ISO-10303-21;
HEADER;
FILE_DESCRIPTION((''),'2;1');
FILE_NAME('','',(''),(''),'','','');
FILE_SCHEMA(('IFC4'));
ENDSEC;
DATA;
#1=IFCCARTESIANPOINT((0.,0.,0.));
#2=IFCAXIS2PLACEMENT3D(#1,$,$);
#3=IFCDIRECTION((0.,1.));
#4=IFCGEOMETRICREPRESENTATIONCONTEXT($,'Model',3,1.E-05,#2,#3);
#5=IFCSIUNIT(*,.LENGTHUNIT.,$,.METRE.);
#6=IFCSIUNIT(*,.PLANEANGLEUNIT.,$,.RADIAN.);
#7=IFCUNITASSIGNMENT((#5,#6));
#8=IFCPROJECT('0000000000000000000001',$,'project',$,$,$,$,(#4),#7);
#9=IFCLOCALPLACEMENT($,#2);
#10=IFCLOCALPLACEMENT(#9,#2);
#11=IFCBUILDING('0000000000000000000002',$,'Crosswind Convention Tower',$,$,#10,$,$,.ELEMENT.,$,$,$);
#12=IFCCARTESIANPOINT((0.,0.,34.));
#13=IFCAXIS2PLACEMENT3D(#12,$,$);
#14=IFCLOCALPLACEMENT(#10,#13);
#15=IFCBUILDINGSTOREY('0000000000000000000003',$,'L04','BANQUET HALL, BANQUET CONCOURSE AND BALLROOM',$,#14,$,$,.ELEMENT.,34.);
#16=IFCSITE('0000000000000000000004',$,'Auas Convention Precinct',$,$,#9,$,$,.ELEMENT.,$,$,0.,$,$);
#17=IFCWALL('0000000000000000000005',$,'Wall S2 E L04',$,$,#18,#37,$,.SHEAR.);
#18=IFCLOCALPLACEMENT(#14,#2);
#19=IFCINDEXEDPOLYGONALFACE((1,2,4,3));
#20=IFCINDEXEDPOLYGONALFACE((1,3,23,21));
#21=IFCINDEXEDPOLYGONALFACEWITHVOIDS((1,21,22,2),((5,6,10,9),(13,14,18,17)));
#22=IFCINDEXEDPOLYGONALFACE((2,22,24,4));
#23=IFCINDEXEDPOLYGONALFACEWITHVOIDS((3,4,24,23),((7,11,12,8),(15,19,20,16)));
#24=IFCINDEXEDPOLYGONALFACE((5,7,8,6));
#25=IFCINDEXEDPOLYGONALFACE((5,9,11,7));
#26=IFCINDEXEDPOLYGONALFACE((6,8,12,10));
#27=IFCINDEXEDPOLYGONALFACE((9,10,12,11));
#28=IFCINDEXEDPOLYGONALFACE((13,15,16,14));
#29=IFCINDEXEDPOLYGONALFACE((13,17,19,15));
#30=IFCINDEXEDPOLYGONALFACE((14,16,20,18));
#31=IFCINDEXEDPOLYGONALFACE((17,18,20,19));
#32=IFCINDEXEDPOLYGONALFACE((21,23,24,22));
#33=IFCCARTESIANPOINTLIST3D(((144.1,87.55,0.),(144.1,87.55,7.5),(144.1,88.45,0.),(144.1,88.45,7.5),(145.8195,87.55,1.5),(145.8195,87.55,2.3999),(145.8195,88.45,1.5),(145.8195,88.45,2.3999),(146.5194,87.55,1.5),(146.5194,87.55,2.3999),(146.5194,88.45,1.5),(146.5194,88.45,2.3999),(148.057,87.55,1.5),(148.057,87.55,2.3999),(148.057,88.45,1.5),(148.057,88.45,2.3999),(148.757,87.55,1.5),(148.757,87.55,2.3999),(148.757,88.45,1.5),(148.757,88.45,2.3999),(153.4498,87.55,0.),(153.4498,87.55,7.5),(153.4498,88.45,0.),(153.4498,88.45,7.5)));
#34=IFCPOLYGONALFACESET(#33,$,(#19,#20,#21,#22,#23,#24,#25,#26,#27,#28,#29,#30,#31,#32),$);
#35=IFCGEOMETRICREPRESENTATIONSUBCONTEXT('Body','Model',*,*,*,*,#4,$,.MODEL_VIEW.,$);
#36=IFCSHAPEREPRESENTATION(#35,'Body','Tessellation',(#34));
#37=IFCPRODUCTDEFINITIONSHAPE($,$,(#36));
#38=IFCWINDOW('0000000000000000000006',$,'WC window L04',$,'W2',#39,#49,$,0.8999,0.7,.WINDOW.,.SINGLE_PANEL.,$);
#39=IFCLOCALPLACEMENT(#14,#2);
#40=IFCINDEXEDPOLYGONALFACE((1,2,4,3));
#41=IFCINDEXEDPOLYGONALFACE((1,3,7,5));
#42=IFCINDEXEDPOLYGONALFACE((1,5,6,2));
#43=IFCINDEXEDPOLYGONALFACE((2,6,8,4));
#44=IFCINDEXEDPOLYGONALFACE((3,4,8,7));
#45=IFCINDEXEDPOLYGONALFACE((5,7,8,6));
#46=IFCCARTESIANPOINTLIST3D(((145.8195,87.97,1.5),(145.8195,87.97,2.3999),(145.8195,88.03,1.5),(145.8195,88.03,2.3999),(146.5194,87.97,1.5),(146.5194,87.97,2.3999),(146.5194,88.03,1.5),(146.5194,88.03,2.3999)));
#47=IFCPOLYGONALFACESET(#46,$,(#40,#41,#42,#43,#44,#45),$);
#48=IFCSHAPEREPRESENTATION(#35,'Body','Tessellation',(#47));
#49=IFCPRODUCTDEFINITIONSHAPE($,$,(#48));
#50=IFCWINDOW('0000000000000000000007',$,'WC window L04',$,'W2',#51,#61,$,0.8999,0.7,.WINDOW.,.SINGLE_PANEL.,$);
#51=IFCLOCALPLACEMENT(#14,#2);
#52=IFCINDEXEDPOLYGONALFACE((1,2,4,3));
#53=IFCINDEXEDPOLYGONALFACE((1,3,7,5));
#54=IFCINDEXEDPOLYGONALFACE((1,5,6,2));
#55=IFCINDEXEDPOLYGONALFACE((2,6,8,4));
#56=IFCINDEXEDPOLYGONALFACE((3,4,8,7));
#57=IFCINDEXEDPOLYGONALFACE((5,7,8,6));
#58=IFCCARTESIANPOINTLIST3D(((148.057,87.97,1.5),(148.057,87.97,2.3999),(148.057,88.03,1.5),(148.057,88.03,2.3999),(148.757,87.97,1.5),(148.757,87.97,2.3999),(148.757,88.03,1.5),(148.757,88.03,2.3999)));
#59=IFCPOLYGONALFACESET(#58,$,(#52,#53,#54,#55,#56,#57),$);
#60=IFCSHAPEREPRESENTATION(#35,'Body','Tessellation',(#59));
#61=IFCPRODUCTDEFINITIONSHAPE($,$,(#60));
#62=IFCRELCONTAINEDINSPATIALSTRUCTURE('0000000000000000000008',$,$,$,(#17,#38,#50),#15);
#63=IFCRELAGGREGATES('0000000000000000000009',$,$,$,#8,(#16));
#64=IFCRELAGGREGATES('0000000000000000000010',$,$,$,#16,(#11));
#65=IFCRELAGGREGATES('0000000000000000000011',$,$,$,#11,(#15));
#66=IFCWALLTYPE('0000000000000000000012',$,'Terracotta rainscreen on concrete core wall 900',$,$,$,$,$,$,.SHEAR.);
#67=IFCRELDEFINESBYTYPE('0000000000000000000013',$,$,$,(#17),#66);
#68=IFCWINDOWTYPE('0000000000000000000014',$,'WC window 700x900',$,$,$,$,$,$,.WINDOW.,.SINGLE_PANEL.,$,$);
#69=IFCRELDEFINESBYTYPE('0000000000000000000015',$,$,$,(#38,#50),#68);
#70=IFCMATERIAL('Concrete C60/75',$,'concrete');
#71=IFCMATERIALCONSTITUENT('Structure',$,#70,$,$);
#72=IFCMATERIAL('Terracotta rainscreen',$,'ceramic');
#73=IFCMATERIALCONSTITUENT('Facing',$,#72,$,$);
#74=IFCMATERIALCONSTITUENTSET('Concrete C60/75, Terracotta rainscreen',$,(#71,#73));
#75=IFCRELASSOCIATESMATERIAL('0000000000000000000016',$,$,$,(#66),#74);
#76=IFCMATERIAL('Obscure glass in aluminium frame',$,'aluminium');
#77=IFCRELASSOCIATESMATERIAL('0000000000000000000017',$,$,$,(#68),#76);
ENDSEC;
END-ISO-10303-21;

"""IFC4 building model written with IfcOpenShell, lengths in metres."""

from ifc_helpers import new_model, si_unit, direction, frame, frame_2d, origin, place, context, subcontext, project, spatial, rectangle, extrude, material, constituent, constituent_set, type_object, element, fill, save


model = new_model("IFC4")

# Units and contexts
model_context = context("Model", 3, precision=1e-05, world=origin(), true_north=direction((0.0, 1.0)))
body_context = subcontext(model_context, "Body", "Model", "MODEL_VIEW")
ifc_project = project(units=[si_unit("LENGTHUNIT", "METRE"), si_unit("PLANEANGLEUNIT", "RADIAN")], contexts=[model_context])

# Site, building, storey
site_placement = place(None, origin())
site = spatial("IfcSite", under=ifc_project, at=site_placement, Name="Auas Convention Precinct", CompositionType="ELEMENT", RefElevation=0.0)
building_placement = place(site_placement, origin())
building = spatial("IfcBuilding", under=site, at=building_placement, Name="Crosswind Convention Tower", CompositionType="ELEMENT")
storey_placement = place(building_placement, frame((0.0, 0.0, 34.0)))
storey = spatial("IfcBuildingStorey", under=building, at=storey_placement, Name="L04", Description="BANQUET HALL, BANQUET CONCOURSE AND BALLROOM", CompositionType="ELEMENT", Elevation=34.0)

# Shared definitions
ifc_material_1 = material(Name="Concrete C60/75", Category="concrete")

# Shared definitions
ifc_material_2 = material(Name="Terracotta rainscreen", Category="ceramic")

# Wall, openings, windows
ifc_constituent_1 = constituent(ifc_material_1, Name="Structure")
ifc_constituent_2 = constituent(ifc_material_2, Name="Facing")
ifc_constituent_set = constituent_set(constituents=[ifc_constituent_1, ifc_constituent_2], Name="Concrete C60/75, Terracotta rainscreen")
wall_type_1 = type_object("IfcWallType", Name="Terracotta rainscreen on concrete core wall 900", PredefinedType="SHEAR", material=ifc_constituent_set)
wall_1_placement = place(storey_placement, frame((144.1001, 88.0, 0.0), z_axis=(0.0, 0.0, 1.0), x_axis=(1.0, 0.0, 0.0)))
wall_1 = element("IfcWall", 1, at=wall_1_placement, inside=storey, type_object=wall_type_1, Name="Wall S2 E L04", PredefinedType="SHEAR", context=body_context, shape_type="SweptSolid", body=[
    extrude(rectangle(XDim=9.3499, YDim=0.8999, at=frame_2d((4.6748, 0.0))), origin(), (0.0, 0.0, 1.0), 7.5),
])
opening_1_placement = place(wall_1_placement, frame((1.7192, 0.0, 1.5)))
opening_1 = element("IfcOpeningElement", 2, at=opening_1_placement, cuts=wall_1, PredefinedType="OPENING", context=body_context, shape_type="SweptSolid", body=[
    extrude(rectangle(XDim=0.7, YDim=0.8999, at=frame_2d((0.3501, 0.45))), frame((0.0, 0.46, 0.0), z_axis=(0.0, -1.0, 0.0), x_axis=(1.0, 0.0, 0.0)), (0.0, 0.0, 1.0), 0.9199),
])
opening_2_placement = place(wall_1_placement, frame((3.9568, 0.0, 1.5)))
opening_2 = element("IfcOpeningElement", 3, at=opening_2_placement, cuts=wall_1, PredefinedType="OPENING", context=body_context, shape_type="SweptSolid", body=[
    extrude(rectangle(XDim=0.7, YDim=0.8999, at=frame_2d((0.3501, 0.45))), frame((0.0, 0.46, 0.0), z_axis=(0.0, -1.0, 0.0), x_axis=(1.0, 0.0, 0.0)), (0.0, 0.0, 1.0), 0.9199),
])
ifc_material_3 = material(Name="Obscure glass in aluminium frame", Category="aluminium")
window_type = type_object("IfcWindowType", Name="WC window 700x900", PartitioningType="SINGLE_PANEL", PredefinedType="WINDOW", material=ifc_material_3)
window_1_placement = place(opening_1_placement, origin())
window_1 = element("IfcWindow", 4, at=window_1_placement, inside=storey, type_object=window_type, Name="WC window L04", ObjectType="W2", OverallHeight=0.8999, OverallWidth=0.7, PartitioningType="SINGLE_PANEL", PredefinedType="WINDOW", context=body_context, shape_type="SweptSolid", body=[
    extrude(rectangle(XDim=0.7, YDim=0.8999, at=frame_2d((0.3501, 0.45))), frame((0.0, 0.03, 0.0), z_axis=(0.0, -1.0, 0.0), x_axis=(1.0, 0.0, 0.0)), (0.0, 0.0, 1.0), 0.0601),
])
fill(opening_1, window_1)
window_2_placement = place(opening_2_placement, origin())
window_2 = element("IfcWindow", 5, at=window_2_placement, inside=storey, type_object=window_type, Name="WC window L04", ObjectType="W2", OverallHeight=0.8999, OverallWidth=0.7, PartitioningType="SINGLE_PANEL", PredefinedType="WINDOW", context=body_context, shape_type="SweptSolid", body=[
    extrude(rectangle(XDim=0.7, YDim=0.8999, at=frame_2d((0.3501, 0.45))), frame((0.0, 0.03, 0.0), z_axis=(0.0, -1.0, 0.0), x_axis=(1.0, 0.0, 0.0)), (0.0, 0.0, 1.0), 0.0601),
])
fill(opening_2, window_2)

save(model, "model.ifc")
